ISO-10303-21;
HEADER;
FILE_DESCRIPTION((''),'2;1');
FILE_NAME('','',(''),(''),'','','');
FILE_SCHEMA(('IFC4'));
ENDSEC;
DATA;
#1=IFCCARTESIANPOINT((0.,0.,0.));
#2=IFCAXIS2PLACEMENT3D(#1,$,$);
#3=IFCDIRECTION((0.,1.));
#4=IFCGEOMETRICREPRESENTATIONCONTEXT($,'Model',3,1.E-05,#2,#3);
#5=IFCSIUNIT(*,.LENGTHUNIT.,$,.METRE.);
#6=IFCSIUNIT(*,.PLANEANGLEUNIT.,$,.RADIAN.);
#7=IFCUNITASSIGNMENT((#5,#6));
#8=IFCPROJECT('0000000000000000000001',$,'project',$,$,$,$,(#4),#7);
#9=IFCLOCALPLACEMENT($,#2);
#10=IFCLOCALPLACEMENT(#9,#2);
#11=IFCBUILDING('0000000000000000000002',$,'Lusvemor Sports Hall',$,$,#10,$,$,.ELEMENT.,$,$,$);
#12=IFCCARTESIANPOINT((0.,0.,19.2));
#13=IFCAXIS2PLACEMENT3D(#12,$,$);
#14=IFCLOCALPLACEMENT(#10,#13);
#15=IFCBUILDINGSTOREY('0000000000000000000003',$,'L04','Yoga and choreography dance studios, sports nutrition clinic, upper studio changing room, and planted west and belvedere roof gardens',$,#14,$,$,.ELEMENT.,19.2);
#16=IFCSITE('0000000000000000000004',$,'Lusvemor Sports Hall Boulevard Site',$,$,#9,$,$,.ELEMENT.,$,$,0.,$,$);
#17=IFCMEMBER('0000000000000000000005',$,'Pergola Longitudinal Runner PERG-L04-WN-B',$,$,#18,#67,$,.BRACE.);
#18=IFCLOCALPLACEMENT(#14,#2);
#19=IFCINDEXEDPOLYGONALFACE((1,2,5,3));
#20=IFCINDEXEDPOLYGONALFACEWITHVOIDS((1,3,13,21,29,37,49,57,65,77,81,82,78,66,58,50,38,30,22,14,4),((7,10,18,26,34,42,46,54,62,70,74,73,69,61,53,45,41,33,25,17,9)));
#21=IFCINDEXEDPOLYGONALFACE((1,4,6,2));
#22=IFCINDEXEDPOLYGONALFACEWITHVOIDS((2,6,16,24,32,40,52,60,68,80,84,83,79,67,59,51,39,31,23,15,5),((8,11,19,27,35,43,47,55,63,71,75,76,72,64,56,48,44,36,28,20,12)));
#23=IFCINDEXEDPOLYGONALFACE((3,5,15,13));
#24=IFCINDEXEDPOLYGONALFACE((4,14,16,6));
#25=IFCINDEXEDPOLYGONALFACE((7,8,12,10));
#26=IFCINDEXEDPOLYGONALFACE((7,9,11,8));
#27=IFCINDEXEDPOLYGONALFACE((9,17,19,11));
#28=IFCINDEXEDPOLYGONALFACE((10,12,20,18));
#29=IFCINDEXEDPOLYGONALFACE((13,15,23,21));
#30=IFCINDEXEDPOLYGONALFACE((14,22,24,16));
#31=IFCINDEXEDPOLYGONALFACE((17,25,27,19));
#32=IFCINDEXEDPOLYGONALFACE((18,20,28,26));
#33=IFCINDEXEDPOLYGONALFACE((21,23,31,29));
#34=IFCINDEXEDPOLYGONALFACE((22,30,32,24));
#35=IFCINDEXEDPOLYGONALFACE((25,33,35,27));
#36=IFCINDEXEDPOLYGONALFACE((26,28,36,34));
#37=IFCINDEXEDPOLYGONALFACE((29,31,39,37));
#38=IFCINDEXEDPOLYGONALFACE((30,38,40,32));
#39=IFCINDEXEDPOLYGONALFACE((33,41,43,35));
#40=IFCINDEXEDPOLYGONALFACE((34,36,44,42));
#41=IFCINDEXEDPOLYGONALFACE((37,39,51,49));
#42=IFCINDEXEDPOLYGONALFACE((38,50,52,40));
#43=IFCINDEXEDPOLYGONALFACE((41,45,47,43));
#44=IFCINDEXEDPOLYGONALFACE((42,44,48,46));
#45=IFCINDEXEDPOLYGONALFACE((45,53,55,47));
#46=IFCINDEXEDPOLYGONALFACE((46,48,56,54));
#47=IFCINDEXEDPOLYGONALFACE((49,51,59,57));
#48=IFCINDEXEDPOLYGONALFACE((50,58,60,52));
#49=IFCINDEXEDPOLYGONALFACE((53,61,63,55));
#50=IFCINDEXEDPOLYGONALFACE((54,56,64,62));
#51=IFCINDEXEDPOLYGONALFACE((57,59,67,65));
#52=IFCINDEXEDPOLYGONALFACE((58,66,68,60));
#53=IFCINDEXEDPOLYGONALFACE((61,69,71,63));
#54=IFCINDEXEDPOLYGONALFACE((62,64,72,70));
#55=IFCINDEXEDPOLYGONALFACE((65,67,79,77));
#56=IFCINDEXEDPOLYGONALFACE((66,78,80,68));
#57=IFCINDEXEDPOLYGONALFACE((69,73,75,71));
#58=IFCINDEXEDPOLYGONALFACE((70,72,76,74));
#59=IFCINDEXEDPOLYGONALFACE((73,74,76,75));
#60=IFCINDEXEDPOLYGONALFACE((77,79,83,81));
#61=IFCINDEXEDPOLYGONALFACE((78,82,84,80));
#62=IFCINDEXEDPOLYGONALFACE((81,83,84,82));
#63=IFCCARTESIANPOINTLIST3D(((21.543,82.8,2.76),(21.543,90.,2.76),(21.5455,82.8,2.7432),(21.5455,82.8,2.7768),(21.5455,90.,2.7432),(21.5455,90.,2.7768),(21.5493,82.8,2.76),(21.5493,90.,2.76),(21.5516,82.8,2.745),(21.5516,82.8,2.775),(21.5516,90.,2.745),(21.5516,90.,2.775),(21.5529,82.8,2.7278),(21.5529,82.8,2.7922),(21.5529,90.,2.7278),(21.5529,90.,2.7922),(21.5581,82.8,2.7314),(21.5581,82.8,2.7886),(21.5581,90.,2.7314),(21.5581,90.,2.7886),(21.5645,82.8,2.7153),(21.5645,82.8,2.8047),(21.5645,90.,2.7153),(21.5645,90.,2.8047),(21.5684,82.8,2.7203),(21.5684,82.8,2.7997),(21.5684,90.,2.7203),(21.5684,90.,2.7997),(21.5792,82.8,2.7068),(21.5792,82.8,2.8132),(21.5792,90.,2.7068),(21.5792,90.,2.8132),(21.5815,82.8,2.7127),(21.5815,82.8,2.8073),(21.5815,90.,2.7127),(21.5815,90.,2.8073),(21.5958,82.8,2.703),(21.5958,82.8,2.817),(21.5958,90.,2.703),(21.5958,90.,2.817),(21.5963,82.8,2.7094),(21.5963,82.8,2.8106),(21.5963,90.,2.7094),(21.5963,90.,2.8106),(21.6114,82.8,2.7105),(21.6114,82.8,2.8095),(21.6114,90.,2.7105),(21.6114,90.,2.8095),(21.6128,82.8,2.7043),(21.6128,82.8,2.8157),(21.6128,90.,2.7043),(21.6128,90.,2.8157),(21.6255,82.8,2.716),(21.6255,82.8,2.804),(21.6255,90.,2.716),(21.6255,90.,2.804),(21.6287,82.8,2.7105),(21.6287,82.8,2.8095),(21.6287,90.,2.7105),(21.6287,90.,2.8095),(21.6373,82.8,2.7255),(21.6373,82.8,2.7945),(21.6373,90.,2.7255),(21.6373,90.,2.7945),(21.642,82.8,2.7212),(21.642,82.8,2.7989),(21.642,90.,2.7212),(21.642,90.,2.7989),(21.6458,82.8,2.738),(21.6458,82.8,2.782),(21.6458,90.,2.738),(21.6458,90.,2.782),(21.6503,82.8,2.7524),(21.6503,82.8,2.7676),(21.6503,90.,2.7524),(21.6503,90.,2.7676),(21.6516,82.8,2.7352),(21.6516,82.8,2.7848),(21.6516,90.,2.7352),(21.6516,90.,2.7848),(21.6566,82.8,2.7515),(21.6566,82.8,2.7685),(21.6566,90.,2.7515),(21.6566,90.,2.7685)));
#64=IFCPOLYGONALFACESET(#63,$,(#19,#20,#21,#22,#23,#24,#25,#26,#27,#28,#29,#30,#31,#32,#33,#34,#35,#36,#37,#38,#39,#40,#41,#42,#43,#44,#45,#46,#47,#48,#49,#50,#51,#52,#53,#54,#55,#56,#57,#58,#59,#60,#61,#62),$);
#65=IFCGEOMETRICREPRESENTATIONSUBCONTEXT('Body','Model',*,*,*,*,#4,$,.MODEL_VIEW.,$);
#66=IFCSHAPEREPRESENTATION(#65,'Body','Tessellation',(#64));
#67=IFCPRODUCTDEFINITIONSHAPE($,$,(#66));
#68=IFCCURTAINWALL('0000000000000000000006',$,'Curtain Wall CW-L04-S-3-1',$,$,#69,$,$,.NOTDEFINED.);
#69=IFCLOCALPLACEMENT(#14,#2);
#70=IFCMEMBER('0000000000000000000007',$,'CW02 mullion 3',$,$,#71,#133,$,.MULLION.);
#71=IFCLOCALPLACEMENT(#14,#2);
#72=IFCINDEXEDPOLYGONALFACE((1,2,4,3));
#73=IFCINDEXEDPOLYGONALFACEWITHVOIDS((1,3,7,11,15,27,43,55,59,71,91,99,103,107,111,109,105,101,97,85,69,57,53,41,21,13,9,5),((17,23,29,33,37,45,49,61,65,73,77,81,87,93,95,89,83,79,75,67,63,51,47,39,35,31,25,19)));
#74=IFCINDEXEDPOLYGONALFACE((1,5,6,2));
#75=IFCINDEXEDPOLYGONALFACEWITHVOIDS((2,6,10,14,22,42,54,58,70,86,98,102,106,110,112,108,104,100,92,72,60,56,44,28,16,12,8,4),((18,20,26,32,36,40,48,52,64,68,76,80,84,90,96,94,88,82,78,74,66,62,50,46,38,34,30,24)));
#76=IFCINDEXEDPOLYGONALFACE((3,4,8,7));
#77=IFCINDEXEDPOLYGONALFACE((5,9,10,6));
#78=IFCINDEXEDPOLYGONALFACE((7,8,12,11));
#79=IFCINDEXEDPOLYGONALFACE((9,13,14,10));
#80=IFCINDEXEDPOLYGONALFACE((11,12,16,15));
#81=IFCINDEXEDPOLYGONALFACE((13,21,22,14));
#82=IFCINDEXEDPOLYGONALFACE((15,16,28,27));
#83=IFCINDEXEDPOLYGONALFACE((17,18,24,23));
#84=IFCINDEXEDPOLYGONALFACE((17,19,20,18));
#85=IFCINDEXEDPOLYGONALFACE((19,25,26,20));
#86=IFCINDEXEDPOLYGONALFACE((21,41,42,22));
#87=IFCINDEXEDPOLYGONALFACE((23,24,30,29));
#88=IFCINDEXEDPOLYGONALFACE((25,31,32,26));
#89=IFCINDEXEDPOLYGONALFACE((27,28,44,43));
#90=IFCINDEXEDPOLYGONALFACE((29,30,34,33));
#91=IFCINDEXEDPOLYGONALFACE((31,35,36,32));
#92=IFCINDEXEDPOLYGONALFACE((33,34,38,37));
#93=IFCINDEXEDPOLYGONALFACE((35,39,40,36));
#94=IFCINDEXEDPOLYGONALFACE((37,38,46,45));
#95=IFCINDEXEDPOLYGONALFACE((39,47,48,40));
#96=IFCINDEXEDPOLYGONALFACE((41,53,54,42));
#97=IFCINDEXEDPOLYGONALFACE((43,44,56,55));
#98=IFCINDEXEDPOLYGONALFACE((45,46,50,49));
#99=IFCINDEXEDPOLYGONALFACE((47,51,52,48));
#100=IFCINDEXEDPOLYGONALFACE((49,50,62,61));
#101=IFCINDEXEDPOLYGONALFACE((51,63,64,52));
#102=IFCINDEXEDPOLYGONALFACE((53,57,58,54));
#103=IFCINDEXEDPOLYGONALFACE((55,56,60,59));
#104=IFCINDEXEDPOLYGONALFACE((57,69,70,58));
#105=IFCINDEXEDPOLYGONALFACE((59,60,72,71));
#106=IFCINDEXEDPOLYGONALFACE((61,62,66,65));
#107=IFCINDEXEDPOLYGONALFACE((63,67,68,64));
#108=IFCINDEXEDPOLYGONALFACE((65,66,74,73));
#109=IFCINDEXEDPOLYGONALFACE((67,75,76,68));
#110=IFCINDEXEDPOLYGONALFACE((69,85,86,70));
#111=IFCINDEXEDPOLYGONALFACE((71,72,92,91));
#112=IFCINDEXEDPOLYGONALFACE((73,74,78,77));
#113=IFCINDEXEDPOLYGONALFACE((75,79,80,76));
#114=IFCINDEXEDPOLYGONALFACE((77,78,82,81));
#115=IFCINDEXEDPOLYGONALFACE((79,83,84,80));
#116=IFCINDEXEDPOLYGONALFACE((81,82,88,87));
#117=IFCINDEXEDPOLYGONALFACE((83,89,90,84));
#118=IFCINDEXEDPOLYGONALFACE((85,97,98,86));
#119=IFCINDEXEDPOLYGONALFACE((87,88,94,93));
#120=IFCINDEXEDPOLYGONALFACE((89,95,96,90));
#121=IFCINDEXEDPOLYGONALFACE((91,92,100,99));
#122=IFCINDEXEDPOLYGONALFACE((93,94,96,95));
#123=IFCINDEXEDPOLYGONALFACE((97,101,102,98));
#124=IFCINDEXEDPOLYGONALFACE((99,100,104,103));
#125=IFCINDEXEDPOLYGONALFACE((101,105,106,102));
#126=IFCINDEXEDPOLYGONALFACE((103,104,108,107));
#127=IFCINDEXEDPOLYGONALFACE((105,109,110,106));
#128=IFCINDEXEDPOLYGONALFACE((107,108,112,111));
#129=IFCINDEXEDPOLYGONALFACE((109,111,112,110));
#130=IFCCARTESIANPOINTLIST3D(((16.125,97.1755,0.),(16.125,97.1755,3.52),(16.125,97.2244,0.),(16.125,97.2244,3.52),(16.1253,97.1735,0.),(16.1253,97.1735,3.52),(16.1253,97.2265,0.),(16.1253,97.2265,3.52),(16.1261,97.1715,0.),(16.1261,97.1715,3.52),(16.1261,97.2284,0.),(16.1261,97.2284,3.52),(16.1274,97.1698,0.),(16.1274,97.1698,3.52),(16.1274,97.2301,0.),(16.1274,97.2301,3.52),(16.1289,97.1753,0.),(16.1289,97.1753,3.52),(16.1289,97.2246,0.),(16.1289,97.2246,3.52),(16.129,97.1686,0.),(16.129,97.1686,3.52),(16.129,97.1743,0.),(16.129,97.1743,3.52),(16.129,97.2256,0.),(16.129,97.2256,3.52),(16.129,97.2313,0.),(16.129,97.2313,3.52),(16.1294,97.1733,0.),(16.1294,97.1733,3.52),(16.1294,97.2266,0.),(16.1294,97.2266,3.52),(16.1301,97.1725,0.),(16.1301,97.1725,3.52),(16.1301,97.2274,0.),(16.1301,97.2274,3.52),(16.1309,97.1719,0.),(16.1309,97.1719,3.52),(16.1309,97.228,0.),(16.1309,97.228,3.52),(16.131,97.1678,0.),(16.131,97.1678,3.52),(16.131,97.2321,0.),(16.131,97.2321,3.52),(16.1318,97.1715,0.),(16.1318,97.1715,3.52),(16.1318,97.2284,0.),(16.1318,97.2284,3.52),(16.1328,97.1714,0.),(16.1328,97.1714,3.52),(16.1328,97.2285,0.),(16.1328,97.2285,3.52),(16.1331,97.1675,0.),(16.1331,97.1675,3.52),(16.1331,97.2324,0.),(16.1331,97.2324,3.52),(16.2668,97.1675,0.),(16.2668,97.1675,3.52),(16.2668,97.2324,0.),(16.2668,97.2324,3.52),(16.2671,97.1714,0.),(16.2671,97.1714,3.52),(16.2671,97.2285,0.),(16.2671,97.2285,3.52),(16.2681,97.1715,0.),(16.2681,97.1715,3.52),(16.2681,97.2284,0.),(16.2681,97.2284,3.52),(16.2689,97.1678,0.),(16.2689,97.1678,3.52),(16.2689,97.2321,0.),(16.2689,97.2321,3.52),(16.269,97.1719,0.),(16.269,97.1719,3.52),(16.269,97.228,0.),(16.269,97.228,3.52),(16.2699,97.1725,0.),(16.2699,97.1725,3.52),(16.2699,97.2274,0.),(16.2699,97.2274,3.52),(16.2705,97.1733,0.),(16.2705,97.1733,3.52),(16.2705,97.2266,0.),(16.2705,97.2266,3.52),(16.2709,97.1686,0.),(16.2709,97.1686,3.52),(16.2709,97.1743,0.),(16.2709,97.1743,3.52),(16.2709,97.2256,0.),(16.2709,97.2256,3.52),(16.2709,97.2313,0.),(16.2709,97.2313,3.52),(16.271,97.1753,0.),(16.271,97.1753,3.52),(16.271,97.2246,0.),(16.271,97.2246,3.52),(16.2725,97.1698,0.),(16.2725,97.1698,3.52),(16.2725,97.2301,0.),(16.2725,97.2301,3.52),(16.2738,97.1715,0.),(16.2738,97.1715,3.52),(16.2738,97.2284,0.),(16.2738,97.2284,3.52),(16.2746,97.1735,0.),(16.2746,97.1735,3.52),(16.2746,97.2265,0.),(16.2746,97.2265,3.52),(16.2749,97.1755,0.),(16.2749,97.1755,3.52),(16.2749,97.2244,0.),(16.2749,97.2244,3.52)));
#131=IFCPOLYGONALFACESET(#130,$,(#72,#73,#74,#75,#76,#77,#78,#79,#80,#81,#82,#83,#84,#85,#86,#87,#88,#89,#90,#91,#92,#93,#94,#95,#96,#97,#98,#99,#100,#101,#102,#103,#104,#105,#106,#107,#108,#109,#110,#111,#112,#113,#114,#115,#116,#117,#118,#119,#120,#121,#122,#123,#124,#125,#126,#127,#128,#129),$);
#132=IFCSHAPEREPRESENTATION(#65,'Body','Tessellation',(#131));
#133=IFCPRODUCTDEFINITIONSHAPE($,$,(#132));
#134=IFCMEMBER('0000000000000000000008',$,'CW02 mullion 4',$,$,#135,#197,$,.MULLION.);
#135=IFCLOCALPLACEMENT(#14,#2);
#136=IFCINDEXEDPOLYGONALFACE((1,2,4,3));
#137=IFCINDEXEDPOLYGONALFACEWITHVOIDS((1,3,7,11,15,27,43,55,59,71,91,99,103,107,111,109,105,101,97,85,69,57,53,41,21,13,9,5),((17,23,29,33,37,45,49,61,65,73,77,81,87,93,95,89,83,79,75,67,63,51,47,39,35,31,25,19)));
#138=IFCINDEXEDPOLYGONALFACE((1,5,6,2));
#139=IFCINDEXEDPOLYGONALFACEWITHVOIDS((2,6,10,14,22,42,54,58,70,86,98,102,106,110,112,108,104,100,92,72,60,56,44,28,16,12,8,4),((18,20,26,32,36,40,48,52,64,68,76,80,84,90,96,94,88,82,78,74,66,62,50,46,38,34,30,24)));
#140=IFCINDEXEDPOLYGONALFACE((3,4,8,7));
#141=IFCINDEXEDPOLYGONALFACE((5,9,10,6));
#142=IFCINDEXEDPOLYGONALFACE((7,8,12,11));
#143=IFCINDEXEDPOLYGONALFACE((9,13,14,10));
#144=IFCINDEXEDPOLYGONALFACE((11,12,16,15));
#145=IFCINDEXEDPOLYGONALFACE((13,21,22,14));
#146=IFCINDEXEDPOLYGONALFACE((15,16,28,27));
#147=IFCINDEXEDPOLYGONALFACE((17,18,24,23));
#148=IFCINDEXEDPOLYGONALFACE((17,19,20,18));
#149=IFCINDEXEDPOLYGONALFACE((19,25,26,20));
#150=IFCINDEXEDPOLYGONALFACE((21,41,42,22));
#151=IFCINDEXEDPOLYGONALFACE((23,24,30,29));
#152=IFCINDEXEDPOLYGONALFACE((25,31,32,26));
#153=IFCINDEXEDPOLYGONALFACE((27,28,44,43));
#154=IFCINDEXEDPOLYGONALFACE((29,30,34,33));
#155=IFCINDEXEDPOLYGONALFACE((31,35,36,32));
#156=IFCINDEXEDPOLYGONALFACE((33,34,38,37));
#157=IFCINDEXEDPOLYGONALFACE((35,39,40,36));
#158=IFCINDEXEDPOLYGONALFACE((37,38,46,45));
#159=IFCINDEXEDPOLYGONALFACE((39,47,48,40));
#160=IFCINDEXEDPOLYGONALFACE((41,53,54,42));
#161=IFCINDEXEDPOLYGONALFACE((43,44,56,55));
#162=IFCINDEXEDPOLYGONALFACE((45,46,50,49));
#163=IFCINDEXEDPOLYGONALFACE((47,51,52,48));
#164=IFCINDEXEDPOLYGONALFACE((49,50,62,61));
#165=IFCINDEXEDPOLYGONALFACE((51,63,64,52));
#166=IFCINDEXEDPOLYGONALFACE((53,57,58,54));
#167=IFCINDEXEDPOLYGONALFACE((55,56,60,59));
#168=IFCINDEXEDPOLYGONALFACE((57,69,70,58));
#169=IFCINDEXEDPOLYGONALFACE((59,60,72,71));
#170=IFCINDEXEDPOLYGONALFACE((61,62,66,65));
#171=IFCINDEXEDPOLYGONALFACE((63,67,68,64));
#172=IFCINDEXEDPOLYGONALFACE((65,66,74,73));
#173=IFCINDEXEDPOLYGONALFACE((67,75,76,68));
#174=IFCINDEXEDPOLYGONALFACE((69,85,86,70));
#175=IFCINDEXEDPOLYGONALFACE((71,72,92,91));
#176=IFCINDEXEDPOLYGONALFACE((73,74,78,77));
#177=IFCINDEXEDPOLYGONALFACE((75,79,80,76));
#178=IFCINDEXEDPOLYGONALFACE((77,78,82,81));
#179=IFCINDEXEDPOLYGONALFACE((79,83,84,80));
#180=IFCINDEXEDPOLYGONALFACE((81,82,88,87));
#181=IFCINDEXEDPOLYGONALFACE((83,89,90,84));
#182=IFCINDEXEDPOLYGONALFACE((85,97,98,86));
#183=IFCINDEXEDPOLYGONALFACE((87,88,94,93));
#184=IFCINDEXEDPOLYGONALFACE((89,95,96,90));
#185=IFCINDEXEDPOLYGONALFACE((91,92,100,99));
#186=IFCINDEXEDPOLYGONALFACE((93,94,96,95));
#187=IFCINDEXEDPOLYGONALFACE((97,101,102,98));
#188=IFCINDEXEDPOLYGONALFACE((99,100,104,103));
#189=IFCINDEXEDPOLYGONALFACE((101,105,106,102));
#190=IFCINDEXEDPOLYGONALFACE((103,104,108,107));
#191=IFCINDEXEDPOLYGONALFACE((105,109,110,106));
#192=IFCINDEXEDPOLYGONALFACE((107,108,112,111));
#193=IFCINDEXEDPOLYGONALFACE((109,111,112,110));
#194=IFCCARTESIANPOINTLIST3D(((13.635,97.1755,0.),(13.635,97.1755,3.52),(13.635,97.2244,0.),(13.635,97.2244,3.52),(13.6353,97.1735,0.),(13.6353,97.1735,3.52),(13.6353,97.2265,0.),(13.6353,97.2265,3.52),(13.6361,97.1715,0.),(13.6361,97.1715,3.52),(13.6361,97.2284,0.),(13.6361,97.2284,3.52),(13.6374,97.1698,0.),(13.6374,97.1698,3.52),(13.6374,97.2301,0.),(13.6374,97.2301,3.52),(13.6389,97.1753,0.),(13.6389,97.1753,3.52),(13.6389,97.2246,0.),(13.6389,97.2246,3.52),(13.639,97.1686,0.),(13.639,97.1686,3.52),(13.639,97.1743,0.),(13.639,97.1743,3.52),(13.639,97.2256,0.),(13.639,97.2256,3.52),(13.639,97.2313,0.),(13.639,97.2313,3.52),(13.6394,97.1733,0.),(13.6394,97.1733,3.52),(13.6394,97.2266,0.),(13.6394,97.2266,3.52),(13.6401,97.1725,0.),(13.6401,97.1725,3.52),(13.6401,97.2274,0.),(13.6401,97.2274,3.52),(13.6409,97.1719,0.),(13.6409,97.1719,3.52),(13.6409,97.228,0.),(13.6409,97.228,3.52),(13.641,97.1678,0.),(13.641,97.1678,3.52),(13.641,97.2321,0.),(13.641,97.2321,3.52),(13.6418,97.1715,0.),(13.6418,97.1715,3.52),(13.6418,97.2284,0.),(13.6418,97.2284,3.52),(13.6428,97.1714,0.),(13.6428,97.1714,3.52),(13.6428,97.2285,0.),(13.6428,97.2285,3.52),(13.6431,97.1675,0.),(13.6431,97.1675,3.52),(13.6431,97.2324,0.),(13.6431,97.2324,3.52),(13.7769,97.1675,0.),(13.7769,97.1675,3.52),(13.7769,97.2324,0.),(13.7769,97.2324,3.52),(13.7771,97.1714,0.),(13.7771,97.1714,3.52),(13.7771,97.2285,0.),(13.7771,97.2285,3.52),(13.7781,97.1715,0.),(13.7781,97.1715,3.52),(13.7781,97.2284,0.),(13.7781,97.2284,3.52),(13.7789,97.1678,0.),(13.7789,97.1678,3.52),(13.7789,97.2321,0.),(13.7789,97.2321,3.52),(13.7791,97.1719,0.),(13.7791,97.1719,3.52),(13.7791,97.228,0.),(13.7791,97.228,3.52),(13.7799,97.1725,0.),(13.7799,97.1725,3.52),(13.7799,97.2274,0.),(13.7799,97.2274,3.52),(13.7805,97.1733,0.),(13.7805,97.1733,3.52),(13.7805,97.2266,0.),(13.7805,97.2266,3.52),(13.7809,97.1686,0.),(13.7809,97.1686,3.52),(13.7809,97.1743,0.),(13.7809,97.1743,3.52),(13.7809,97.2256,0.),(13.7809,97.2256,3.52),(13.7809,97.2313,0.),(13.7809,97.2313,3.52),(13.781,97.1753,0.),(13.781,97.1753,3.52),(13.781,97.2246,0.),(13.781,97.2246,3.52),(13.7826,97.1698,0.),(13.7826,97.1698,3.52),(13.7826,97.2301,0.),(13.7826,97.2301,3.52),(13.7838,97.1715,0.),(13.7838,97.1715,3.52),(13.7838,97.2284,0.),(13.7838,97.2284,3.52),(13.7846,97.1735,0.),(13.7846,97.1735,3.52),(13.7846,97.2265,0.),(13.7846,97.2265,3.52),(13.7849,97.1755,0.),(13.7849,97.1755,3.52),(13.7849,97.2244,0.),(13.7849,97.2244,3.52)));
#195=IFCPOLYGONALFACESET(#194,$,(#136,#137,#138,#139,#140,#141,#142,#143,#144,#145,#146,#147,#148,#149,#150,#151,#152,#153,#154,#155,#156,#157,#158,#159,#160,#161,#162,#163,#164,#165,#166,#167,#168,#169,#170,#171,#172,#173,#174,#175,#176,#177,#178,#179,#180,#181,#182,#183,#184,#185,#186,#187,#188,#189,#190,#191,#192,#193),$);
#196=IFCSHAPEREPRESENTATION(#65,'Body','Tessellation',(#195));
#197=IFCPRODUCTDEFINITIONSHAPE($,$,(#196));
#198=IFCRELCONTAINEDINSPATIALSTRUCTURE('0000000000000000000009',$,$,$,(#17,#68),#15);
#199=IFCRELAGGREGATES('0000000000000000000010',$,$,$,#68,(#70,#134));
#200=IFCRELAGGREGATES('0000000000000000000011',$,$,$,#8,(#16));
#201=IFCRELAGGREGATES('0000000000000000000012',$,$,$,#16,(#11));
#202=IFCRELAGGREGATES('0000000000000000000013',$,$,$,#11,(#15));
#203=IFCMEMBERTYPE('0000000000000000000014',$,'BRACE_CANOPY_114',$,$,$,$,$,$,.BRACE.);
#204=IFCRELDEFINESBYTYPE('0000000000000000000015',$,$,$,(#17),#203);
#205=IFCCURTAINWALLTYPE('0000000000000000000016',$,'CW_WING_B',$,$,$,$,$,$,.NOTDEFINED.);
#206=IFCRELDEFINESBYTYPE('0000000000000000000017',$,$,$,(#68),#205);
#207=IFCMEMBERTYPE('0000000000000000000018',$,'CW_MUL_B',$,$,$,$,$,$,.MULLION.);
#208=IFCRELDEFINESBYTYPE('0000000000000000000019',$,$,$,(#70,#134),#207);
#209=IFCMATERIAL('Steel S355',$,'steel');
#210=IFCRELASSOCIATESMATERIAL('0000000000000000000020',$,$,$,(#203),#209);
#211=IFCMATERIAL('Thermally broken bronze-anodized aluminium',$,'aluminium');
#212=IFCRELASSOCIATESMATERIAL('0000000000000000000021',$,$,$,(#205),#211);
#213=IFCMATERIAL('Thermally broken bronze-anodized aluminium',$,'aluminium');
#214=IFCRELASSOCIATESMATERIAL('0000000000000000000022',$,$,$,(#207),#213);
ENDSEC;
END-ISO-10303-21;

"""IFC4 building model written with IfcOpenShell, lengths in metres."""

from ifc_helpers import new_model, si_unit, direction, frame, origin, origin_2d, place, context, subcontext, project, spatial, hollow_rectangle, hollow_circle, extrude, material, material_profile, profile_set, type_object, element, aggregate, save


model = new_model("IFC4")

# Units and contexts
model_context = context("Model", 3, precision=1e-05, world=origin(), true_north=direction((0.0, 1.0)))
body_context = subcontext(model_context, "Body", "Model", "MODEL_VIEW")
ifc_project = project(units=[si_unit("LENGTHUNIT", "METRE"), si_unit("PLANEANGLEUNIT", "RADIAN")], contexts=[model_context])

# Site, building, storey
site_placement = place(None, origin())
site = spatial("IfcSite", under=ifc_project, at=site_placement, Name="Lusvemor Sports Hall Boulevard Site", CompositionType="ELEMENT", RefElevation=0.0)
building_placement = place(site_placement, origin())
building = spatial("IfcBuilding", under=site, at=building_placement, Name="Lusvemor Sports Hall", CompositionType="ELEMENT")
storey_placement = place(building_placement, frame((0.0, 0.0, 19.2)))
storey = spatial("IfcBuildingStorey", under=building, at=storey_placement, Name="L04", Description="Yoga and choreography dance studios, sports nutrition clinic, upper studio changing room, and planted west and belvedere roof gardens", CompositionType="ELEMENT", Elevation=19.2)

# Member
ifc_material_1 = material(Name="Steel S355", Category="steel")
ifc_material_profile_1 = material_profile(ifc_material_1, hollow_circle(Radius=0.0571, WallThickness=0.0063, at=origin_2d()), Name="CHS114.3x6.3")
ifc_profile_set_1 = profile_set([ifc_material_profile_1], Name="Steel S355")
member_type_1 = type_object("IfcMemberType", Name="BRACE_CANOPY_114", PredefinedType="BRACE", material=ifc_profile_set_1)
member_1_placement = place(storey_placement, frame((21.6001, 82.8, 2.76), z_axis=(0.0, 1.0, 0.0), x_axis=(-1.0, 0.0, 0.0)))
element("IfcMember", 1, at=member_1_placement, inside=storey, type_object=member_type_1, Name="Pergola Longitudinal Runner PERG-L04-WN-B", PredefinedType="BRACE", context=body_context, shape_type="SweptSolid", body=[
    extrude(hollow_circle(Radius=0.0571, WallThickness=0.0063, at=origin_2d()), origin(), (0.0, 0.0, 1.0), 7.2),
])

# Curtain wall, members
ifc_material_2 = material(Name="Thermally broken bronze-anodized aluminium", Category="aluminium")
curtain_wall_type = type_object("IfcCurtainWallType", Name="CW_WING_B", PredefinedType="NOTDEFINED", material=ifc_material_2)
curtain_wall_placement = place(storey_placement, origin())
curtain_wall = element("IfcCurtainWall", 2, at=curtain_wall_placement, inside=storey, type_object=curtain_wall_type, Name="Curtain Wall CW-L04-S-3-1", PredefinedType="NOTDEFINED")
ifc_material_3 = material(Name="Thermally broken bronze-anodized aluminium", Category="aluminium")
ifc_material_profile_2 = material_profile(ifc_material_3, hollow_rectangle(XDim=0.0649, YDim=0.1499, WallThickness=0.0039, InnerFilletRadius=0.0039, OuterFilletRadius=0.0081, at=origin_2d()), Name="CWMUL150x65x4")
ifc_profile_set_2 = profile_set([ifc_material_profile_2], Name="Thermally broken bronze-anodized aluminium")
member_type_2 = type_object("IfcMemberType", Name="CW_MUL_B", PredefinedType="MULLION", material=ifc_profile_set_2)
member_2_placement = place(storey_placement, frame((16.2, 97.2, 0.0), z_axis=(0.0, 0.0, 1.0), x_axis=(0.0, -1.0, 0.0)))
member_2 = element("IfcMember", 3, at=member_2_placement, type_object=member_type_2, Name="CW02 mullion 3", PredefinedType="MULLION", context=body_context, shape_type="SweptSolid", body=[
    extrude(hollow_rectangle(XDim=0.0649, YDim=0.1499, WallThickness=0.0039, InnerFilletRadius=0.0039, OuterFilletRadius=0.0081, at=origin_2d()), origin(), (0.0, 0.0, 1.0), 3.52),
])
member_3_placement = place(storey_placement, frame((13.71, 97.2, 0.0), z_axis=(0.0, 0.0, 1.0), x_axis=(0.0, -1.0, 0.0)))
member_3 = element("IfcMember", 4, at=member_3_placement, type_object=member_type_2, Name="CW02 mullion 4", PredefinedType="MULLION", context=body_context, shape_type="SweptSolid", body=[
    extrude(hollow_rectangle(XDim=0.0649, YDim=0.1499, WallThickness=0.0039, InnerFilletRadius=0.0039, OuterFilletRadius=0.0081, at=origin_2d()), origin(), (0.0, 0.0, 1.0), 3.52),
])

aggregate(curtain_wall, [member_2, member_3])

save(model, "model.ifc")
